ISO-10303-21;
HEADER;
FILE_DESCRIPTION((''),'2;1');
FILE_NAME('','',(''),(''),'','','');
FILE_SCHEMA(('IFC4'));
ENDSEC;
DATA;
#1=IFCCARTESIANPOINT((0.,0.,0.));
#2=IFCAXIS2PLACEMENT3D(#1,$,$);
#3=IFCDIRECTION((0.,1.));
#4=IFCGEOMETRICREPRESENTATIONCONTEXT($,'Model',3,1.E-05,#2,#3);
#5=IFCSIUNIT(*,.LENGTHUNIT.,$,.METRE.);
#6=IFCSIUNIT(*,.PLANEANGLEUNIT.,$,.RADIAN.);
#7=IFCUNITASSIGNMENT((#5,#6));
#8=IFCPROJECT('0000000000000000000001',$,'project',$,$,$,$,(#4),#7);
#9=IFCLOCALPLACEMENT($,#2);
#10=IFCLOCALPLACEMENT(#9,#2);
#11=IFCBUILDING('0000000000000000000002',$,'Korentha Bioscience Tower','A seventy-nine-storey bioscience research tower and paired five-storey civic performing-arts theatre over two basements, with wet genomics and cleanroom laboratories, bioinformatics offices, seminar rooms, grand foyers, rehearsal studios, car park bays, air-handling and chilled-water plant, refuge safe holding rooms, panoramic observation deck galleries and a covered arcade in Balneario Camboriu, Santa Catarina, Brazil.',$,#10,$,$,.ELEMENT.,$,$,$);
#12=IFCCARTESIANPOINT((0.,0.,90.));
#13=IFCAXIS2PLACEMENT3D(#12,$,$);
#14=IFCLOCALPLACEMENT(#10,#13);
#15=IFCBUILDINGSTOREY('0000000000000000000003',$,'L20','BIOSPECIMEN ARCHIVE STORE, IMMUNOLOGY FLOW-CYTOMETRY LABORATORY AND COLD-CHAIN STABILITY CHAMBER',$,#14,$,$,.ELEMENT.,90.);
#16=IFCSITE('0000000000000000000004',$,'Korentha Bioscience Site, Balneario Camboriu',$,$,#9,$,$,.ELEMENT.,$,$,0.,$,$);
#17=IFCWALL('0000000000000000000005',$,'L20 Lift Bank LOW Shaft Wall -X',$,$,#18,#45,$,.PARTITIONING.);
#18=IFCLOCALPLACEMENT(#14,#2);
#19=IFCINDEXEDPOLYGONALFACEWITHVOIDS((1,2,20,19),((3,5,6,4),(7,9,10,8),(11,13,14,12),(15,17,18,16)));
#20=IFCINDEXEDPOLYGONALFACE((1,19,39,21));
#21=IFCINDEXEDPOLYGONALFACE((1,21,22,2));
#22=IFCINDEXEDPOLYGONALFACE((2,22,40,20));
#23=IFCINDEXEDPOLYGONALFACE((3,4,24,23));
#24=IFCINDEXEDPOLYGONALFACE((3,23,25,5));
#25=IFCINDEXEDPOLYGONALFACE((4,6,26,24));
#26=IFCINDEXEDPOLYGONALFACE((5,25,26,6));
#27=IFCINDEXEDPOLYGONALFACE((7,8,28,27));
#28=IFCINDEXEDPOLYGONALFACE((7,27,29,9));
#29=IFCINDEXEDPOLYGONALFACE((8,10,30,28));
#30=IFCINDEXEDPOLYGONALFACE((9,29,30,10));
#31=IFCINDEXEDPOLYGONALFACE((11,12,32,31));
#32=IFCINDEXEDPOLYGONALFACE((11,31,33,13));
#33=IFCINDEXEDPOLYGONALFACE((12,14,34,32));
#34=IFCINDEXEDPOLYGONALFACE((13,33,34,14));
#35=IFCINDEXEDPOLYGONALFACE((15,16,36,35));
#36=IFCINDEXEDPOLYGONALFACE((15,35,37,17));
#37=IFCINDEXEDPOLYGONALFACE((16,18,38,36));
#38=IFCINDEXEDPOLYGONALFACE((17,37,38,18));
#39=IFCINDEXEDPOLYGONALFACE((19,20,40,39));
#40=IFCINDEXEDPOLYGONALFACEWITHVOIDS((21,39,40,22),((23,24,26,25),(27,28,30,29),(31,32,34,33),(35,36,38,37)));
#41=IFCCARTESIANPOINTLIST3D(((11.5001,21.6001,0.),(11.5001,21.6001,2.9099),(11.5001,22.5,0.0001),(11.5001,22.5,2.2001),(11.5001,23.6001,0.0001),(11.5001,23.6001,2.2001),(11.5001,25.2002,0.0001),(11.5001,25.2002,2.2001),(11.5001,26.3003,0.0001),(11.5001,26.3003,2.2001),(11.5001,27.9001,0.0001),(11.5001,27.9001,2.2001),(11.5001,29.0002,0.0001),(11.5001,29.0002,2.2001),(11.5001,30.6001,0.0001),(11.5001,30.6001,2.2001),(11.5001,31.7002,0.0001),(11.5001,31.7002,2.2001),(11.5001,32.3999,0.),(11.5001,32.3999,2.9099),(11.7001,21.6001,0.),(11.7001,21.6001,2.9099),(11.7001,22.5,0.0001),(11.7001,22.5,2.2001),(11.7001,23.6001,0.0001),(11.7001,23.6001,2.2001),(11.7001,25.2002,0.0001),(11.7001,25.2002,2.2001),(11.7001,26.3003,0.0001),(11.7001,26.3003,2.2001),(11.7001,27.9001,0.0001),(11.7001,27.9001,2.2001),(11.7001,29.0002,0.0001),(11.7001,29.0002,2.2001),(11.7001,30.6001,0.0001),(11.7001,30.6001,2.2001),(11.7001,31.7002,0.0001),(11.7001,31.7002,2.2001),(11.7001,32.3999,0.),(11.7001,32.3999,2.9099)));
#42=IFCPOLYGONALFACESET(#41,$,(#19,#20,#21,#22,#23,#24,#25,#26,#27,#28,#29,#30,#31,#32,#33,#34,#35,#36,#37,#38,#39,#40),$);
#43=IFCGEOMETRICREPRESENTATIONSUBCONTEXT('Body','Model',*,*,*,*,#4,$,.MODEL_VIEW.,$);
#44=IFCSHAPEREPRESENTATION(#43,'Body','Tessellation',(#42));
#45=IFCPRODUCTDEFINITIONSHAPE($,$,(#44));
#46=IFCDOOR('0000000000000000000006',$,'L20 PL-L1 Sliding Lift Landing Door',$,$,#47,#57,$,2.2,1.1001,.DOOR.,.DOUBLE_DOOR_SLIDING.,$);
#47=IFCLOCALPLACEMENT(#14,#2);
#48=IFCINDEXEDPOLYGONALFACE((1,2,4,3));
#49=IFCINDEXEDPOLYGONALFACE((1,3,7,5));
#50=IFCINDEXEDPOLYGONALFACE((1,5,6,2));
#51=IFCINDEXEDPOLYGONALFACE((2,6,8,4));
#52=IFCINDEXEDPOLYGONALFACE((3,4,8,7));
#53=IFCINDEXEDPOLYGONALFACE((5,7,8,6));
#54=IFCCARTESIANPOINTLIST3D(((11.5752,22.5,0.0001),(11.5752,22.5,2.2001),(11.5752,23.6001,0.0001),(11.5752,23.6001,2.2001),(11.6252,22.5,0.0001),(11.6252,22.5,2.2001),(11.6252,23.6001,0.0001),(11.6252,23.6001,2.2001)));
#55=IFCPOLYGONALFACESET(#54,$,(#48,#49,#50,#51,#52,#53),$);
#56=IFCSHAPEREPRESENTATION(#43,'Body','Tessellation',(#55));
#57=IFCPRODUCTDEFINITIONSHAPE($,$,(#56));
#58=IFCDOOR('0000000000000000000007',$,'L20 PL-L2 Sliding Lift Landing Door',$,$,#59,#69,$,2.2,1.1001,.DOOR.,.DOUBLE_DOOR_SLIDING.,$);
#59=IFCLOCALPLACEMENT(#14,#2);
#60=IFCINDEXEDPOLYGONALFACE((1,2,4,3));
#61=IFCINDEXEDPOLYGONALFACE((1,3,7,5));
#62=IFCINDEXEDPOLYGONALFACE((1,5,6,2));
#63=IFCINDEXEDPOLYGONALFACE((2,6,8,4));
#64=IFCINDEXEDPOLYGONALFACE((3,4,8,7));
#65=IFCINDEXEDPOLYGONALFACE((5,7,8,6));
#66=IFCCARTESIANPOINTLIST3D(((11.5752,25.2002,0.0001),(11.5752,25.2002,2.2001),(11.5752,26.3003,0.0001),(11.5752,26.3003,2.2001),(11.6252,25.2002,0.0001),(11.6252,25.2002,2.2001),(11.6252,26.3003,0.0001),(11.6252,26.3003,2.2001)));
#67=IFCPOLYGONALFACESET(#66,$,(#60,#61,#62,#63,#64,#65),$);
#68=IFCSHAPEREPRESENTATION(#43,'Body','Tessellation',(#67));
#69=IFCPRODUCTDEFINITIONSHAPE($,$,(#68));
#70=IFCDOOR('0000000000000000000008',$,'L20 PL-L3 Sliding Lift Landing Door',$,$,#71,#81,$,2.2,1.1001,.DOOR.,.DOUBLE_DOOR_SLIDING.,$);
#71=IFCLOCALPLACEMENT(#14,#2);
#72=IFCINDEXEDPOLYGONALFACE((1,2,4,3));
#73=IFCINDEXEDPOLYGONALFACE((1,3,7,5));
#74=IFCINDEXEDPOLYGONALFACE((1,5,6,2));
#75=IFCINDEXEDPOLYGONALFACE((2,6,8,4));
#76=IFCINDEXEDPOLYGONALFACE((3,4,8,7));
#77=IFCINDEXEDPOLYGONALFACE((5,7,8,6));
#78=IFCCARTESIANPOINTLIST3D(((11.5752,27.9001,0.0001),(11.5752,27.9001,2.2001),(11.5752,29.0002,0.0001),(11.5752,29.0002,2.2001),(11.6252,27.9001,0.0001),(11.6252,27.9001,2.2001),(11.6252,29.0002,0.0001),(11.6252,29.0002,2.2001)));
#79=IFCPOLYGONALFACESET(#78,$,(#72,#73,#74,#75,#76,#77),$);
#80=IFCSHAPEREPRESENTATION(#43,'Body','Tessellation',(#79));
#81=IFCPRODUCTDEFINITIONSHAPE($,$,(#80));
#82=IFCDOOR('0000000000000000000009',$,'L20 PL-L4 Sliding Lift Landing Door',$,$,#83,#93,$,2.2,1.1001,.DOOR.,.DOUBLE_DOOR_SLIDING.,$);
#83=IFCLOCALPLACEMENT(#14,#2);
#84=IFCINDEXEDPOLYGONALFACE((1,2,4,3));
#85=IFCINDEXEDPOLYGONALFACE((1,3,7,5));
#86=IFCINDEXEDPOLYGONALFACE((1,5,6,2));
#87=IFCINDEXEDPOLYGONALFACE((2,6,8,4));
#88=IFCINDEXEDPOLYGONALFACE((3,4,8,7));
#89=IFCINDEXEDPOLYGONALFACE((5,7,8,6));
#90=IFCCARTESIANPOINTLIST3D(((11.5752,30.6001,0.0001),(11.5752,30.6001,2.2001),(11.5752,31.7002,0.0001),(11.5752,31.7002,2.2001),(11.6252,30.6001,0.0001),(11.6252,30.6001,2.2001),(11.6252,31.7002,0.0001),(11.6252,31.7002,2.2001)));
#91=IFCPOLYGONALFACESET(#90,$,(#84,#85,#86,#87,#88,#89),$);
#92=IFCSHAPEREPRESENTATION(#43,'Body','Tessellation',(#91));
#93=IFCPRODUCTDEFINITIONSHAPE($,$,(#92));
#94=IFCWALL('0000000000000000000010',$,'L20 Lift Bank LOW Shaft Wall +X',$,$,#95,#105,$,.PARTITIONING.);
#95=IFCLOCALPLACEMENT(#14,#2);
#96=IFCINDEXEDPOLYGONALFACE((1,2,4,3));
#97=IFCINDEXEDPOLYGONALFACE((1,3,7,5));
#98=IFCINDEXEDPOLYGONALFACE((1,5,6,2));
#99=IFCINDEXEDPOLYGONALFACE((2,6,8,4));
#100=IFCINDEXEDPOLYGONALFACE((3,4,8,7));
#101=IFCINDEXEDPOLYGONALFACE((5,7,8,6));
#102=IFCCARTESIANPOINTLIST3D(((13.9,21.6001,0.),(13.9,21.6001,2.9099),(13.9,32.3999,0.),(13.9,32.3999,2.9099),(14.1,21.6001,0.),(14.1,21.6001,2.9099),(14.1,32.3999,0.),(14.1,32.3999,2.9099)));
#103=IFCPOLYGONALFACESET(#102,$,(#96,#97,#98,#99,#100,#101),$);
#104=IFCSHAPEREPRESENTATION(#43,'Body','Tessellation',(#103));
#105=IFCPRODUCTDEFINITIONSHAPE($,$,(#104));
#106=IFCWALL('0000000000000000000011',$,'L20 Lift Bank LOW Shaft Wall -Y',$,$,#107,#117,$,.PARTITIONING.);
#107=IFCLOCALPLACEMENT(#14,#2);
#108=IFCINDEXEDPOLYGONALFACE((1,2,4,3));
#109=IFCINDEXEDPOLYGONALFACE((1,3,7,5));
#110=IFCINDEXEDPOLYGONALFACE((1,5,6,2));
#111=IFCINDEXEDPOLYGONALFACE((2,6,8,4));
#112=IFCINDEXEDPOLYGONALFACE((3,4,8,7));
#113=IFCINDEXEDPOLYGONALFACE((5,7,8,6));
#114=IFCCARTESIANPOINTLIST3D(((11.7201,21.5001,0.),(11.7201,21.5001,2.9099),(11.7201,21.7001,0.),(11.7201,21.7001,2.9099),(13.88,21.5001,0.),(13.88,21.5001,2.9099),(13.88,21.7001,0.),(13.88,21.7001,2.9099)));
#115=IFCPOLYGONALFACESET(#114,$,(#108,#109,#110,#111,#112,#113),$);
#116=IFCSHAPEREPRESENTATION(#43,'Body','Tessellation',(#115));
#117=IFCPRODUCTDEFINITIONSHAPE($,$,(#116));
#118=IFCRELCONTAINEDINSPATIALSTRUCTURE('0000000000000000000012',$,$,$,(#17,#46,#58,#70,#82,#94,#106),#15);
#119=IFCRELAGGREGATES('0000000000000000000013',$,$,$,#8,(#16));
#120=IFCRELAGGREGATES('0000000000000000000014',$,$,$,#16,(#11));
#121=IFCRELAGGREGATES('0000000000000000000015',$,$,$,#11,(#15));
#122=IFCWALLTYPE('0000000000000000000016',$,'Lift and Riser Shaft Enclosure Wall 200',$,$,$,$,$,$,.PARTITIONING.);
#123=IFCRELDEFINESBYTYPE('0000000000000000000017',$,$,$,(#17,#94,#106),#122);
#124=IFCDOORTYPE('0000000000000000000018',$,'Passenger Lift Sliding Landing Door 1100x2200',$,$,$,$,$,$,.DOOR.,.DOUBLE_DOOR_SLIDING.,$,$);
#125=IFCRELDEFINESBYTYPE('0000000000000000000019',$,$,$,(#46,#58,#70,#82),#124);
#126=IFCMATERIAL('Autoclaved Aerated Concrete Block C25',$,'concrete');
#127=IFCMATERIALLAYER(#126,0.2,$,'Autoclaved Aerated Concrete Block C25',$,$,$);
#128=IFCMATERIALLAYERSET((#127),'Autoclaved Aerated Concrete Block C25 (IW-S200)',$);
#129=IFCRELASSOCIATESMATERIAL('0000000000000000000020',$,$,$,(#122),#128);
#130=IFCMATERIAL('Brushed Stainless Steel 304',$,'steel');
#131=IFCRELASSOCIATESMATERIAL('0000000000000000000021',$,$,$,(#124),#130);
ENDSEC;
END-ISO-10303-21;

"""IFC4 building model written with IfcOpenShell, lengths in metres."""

from ifc_helpers import new_model, si_unit, direction, frame, frame_2d, origin, place, context, subcontext, project, spatial, rectangle, extrude, material, layer, layer_set, type_object, element, fill, save


model = new_model("IFC4")

# Units and contexts
model_context = context("Model", 3, precision=1e-05, world=origin(), true_north=direction((0.0, 1.0)))
body_context = subcontext(model_context, "Body", "Model", "MODEL_VIEW")
ifc_project = project(units=[si_unit("LENGTHUNIT", "METRE"), si_unit("PLANEANGLEUNIT", "RADIAN")], contexts=[model_context])

# Site, building, storey
site_placement = place(None, origin())
site = spatial("IfcSite", under=ifc_project, at=site_placement, Name="Korentha Bioscience Site, Balneario Camboriu", CompositionType="ELEMENT", RefElevation=0.0)
building_placement = place(site_placement, origin())
building = spatial("IfcBuilding", under=site, at=building_placement, Name="Korentha Bioscience Tower", Description="A seventy-nine-storey bioscience research tower and paired five-storey civic performing-arts theatre over two basements, with wet genomics and cleanroom laboratories, bioinformatics offices, seminar rooms, grand foyers, rehearsal studios, car park bays, air-handling and chilled-water plant, refuge safe holding rooms, panoramic observation deck galleries and a covered arcade in Balneario Camboriu, Santa Catarina, Brazil.", CompositionType="ELEMENT")
storey_placement = place(building_placement, frame((0.0, 0.0, 90.0)))
storey = spatial("IfcBuildingStorey", under=building, at=storey_placement, Name="L20", Description="BIOSPECIMEN ARCHIVE STORE, IMMUNOLOGY FLOW-CYTOMETRY LABORATORY AND COLD-CHAIN STABILITY CHAMBER", CompositionType="ELEMENT", Elevation=90.0)

# Wall, openings, doors
ifc_material_1 = material(Name="Autoclaved Aerated Concrete Block C25", Category="concrete")
ifc_layer_1 = layer(ifc_material_1, 0.2, Name="Autoclaved Aerated Concrete Block C25")
ifc_layer_set_1 = layer_set([ifc_layer_1], Name="Autoclaved Aerated Concrete Block C25 (IW-S200)")
wall_type_1 = type_object("IfcWallType", Name="Lift and Riser Shaft Enclosure Wall 200", PredefinedType="PARTITIONING", material=ifc_layer_set_1)
wall_1_placement = place(storey_placement, frame((11.6001, 21.6001, 0.0), z_axis=(0.0, 0.0, 1.0), x_axis=(0.0, 1.0, 0.0)))
wall_1 = element("IfcWall", 1, at=wall_1_placement, inside=storey, type_object=wall_type_1, Name="L20 Lift Bank LOW Shaft Wall -X", PredefinedType="PARTITIONING", context=body_context, shape_type="SweptSolid", body=[
    extrude(rectangle(XDim=10.7998, YDim=0.2, at=frame_2d((5.3999, 0.0))), origin(), (0.0, 0.0, 1.0), 2.9099),
])
opening_1_placement = place(wall_1_placement, frame((0.8999, 0.0, 0.0)))
opening_1 = element("IfcOpeningElement", 2, at=opening_1_placement, cuts=wall_1, PredefinedType="OPENING", context=body_context, shape_type="SweptSolid", body=[
    extrude(rectangle(XDim=1.1001, YDim=2.2, at=frame_2d((0.55, 1.1001))), frame((0.0, 0.1147, 0.0), z_axis=(0.0, -1.0, 0.0), x_axis=(1.0, 0.0, 0.0)), (0.0, 0.0, 1.0), 0.2297),
])
opening_2_placement = place(wall_1_placement, frame((3.6001, 0.0, 0.0)))
opening_2 = element("IfcOpeningElement", 3, at=opening_2_placement, cuts=wall_1, PredefinedType="OPENING", context=body_context, shape_type="SweptSolid", body=[
    extrude(rectangle(XDim=1.1001, YDim=2.2, at=frame_2d((0.55, 1.1001))), frame((0.0, 0.1147, 0.0), z_axis=(0.0, -1.0, 0.0), x_axis=(1.0, 0.0, 0.0)), (0.0, 0.0, 1.0), 0.2297),
])
opening_3_placement = place(wall_1_placement, frame((6.3, 0.0, 0.0)))
opening_3 = element("IfcOpeningElement", 4, at=opening_3_placement, cuts=wall_1, PredefinedType="OPENING", context=body_context, shape_type="SweptSolid", body=[
    extrude(rectangle(XDim=1.1001, YDim=2.2, at=frame_2d((0.55, 1.1001))), frame((0.0, 0.1147, 0.0), z_axis=(0.0, -1.0, 0.0), x_axis=(1.0, 0.0, 0.0)), (0.0, 0.0, 1.0), 0.2297),
])
opening_4_placement = place(wall_1_placement, frame((9.0, 0.0, 0.0)))
opening_4 = element("IfcOpeningElement", 5, at=opening_4_placement, cuts=wall_1, PredefinedType="OPENING", context=body_context, shape_type="SweptSolid", body=[
    extrude(rectangle(XDim=1.1001, YDim=2.2, at=frame_2d((0.55, 1.1001))), frame((0.0, 0.1147, 0.0), z_axis=(0.0, -1.0, 0.0), x_axis=(1.0, 0.0, 0.0)), (0.0, 0.0, 1.0), 0.2297),
])
ifc_material_2 = material(Name="Brushed Stainless Steel 304", Category="steel")
door_type_1 = type_object("IfcDoorType", Name="Passenger Lift Sliding Landing Door 1100x2200", OperationType="DOUBLE_DOOR_SLIDING", PredefinedType="DOOR", material=ifc_material_2)
door_1_placement = place(opening_1_placement, origin())
door_1 = element("IfcDoor", 6, at=door_1_placement, inside=storey, type_object=door_type_1, Name="L20 PL-L1 Sliding Lift Landing Door", OperationType="DOUBLE_DOOR_SLIDING", OverallHeight=2.2, OverallWidth=1.1001, PredefinedType="DOOR", context=body_context, shape_type="SweptSolid", body=[
    extrude(rectangle(XDim=1.1001, YDim=2.2, at=frame_2d((0.55, 1.1001))), frame((0.0, 0.0249, 0.0), z_axis=(0.0, -1.0, 0.0), x_axis=(1.0, 0.0, 0.0)), (0.0, 0.0, 1.0), 0.05),
])
fill(opening_1, door_1)
door_2_placement = place(opening_2_placement, origin())
door_2 = element("IfcDoor", 7, at=door_2_placement, inside=storey, type_object=door_type_1, Name="L20 PL-L2 Sliding Lift Landing Door", OperationType="DOUBLE_DOOR_SLIDING", OverallHeight=2.2, OverallWidth=1.1001, PredefinedType="DOOR", context=body_context, shape_type="SweptSolid", body=[
    extrude(rectangle(XDim=1.1001, YDim=2.2, at=frame_2d((0.55, 1.1001))), frame((0.0, 0.0249, 0.0), z_axis=(0.0, -1.0, 0.0), x_axis=(1.0, 0.0, 0.0)), (0.0, 0.0, 1.0), 0.05),
])
fill(opening_2, door_2)
door_3_placement = place(opening_3_placement, origin())
door_3 = element("IfcDoor", 8, at=door_3_placement, inside=storey, type_object=door_type_1, Name="L20 PL-L3 Sliding Lift Landing Door", OperationType="DOUBLE_DOOR_SLIDING", OverallHeight=2.2, OverallWidth=1.1001, PredefinedType="DOOR", context=body_context, shape_type="SweptSolid", body=[
    extrude(rectangle(XDim=1.1001, YDim=2.2, at=frame_2d((0.55, 1.1001))), frame((0.0, 0.0249, 0.0), z_axis=(0.0, -1.0, 0.0), x_axis=(1.0, 0.0, 0.0)), (0.0, 0.0, 1.0), 0.05),
])
fill(opening_3, door_3)
door_4_placement = place(opening_4_placement, origin())
door_4 = element("IfcDoor", 9, at=door_4_placement, inside=storey, type_object=door_type_1, Name="L20 PL-L4 Sliding Lift Landing Door", OperationType="DOUBLE_DOOR_SLIDING", OverallHeight=2.2, OverallWidth=1.1001, PredefinedType="DOOR", context=body_context, shape_type="SweptSolid", body=[
    extrude(rectangle(XDim=1.1001, YDim=2.2, at=frame_2d((0.55, 1.1001))), frame((0.0, 0.0249, 0.0), z_axis=(0.0, -1.0, 0.0), x_axis=(1.0, 0.0, 0.0)), (0.0, 0.0, 1.0), 0.05),
])
fill(opening_4, door_4)

# Walls
wall_2_placement = place(storey_placement, frame((14.0, 21.6001, 0.0), z_axis=(0.0, 0.0, 1.0), x_axis=(0.0, 1.0, 0.0)))
element("IfcWall", 10, at=wall_2_placement, inside=storey, type_object=wall_type_1, Name="L20 Lift Bank LOW Shaft Wall +X", PredefinedType="PARTITIONING", context=body_context, shape_type="SweptSolid", body=[
    extrude(rectangle(XDim=10.7998, YDim=0.2, at=frame_2d((5.3999, 0.0))), origin(), (0.0, 0.0, 1.0), 2.9099),
])
wall_3_placement = place(storey_placement, frame((11.72, 21.6001, 0.0), z_axis=(0.0, 0.0, 1.0), x_axis=(1.0, 0.0, 0.0)))
element("IfcWall", 11, at=wall_3_placement, inside=storey, type_object=wall_type_1, Name="L20 Lift Bank LOW Shaft Wall -Y", PredefinedType="PARTITIONING", context=body_context, shape_type="SweptSolid", body=[
    extrude(rectangle(XDim=2.1599, YDim=0.2, at=frame_2d((1.0801, 0.0))), origin(), (0.0, 0.0, 1.0), 2.9099),
])

save(model, "model.ifc")
